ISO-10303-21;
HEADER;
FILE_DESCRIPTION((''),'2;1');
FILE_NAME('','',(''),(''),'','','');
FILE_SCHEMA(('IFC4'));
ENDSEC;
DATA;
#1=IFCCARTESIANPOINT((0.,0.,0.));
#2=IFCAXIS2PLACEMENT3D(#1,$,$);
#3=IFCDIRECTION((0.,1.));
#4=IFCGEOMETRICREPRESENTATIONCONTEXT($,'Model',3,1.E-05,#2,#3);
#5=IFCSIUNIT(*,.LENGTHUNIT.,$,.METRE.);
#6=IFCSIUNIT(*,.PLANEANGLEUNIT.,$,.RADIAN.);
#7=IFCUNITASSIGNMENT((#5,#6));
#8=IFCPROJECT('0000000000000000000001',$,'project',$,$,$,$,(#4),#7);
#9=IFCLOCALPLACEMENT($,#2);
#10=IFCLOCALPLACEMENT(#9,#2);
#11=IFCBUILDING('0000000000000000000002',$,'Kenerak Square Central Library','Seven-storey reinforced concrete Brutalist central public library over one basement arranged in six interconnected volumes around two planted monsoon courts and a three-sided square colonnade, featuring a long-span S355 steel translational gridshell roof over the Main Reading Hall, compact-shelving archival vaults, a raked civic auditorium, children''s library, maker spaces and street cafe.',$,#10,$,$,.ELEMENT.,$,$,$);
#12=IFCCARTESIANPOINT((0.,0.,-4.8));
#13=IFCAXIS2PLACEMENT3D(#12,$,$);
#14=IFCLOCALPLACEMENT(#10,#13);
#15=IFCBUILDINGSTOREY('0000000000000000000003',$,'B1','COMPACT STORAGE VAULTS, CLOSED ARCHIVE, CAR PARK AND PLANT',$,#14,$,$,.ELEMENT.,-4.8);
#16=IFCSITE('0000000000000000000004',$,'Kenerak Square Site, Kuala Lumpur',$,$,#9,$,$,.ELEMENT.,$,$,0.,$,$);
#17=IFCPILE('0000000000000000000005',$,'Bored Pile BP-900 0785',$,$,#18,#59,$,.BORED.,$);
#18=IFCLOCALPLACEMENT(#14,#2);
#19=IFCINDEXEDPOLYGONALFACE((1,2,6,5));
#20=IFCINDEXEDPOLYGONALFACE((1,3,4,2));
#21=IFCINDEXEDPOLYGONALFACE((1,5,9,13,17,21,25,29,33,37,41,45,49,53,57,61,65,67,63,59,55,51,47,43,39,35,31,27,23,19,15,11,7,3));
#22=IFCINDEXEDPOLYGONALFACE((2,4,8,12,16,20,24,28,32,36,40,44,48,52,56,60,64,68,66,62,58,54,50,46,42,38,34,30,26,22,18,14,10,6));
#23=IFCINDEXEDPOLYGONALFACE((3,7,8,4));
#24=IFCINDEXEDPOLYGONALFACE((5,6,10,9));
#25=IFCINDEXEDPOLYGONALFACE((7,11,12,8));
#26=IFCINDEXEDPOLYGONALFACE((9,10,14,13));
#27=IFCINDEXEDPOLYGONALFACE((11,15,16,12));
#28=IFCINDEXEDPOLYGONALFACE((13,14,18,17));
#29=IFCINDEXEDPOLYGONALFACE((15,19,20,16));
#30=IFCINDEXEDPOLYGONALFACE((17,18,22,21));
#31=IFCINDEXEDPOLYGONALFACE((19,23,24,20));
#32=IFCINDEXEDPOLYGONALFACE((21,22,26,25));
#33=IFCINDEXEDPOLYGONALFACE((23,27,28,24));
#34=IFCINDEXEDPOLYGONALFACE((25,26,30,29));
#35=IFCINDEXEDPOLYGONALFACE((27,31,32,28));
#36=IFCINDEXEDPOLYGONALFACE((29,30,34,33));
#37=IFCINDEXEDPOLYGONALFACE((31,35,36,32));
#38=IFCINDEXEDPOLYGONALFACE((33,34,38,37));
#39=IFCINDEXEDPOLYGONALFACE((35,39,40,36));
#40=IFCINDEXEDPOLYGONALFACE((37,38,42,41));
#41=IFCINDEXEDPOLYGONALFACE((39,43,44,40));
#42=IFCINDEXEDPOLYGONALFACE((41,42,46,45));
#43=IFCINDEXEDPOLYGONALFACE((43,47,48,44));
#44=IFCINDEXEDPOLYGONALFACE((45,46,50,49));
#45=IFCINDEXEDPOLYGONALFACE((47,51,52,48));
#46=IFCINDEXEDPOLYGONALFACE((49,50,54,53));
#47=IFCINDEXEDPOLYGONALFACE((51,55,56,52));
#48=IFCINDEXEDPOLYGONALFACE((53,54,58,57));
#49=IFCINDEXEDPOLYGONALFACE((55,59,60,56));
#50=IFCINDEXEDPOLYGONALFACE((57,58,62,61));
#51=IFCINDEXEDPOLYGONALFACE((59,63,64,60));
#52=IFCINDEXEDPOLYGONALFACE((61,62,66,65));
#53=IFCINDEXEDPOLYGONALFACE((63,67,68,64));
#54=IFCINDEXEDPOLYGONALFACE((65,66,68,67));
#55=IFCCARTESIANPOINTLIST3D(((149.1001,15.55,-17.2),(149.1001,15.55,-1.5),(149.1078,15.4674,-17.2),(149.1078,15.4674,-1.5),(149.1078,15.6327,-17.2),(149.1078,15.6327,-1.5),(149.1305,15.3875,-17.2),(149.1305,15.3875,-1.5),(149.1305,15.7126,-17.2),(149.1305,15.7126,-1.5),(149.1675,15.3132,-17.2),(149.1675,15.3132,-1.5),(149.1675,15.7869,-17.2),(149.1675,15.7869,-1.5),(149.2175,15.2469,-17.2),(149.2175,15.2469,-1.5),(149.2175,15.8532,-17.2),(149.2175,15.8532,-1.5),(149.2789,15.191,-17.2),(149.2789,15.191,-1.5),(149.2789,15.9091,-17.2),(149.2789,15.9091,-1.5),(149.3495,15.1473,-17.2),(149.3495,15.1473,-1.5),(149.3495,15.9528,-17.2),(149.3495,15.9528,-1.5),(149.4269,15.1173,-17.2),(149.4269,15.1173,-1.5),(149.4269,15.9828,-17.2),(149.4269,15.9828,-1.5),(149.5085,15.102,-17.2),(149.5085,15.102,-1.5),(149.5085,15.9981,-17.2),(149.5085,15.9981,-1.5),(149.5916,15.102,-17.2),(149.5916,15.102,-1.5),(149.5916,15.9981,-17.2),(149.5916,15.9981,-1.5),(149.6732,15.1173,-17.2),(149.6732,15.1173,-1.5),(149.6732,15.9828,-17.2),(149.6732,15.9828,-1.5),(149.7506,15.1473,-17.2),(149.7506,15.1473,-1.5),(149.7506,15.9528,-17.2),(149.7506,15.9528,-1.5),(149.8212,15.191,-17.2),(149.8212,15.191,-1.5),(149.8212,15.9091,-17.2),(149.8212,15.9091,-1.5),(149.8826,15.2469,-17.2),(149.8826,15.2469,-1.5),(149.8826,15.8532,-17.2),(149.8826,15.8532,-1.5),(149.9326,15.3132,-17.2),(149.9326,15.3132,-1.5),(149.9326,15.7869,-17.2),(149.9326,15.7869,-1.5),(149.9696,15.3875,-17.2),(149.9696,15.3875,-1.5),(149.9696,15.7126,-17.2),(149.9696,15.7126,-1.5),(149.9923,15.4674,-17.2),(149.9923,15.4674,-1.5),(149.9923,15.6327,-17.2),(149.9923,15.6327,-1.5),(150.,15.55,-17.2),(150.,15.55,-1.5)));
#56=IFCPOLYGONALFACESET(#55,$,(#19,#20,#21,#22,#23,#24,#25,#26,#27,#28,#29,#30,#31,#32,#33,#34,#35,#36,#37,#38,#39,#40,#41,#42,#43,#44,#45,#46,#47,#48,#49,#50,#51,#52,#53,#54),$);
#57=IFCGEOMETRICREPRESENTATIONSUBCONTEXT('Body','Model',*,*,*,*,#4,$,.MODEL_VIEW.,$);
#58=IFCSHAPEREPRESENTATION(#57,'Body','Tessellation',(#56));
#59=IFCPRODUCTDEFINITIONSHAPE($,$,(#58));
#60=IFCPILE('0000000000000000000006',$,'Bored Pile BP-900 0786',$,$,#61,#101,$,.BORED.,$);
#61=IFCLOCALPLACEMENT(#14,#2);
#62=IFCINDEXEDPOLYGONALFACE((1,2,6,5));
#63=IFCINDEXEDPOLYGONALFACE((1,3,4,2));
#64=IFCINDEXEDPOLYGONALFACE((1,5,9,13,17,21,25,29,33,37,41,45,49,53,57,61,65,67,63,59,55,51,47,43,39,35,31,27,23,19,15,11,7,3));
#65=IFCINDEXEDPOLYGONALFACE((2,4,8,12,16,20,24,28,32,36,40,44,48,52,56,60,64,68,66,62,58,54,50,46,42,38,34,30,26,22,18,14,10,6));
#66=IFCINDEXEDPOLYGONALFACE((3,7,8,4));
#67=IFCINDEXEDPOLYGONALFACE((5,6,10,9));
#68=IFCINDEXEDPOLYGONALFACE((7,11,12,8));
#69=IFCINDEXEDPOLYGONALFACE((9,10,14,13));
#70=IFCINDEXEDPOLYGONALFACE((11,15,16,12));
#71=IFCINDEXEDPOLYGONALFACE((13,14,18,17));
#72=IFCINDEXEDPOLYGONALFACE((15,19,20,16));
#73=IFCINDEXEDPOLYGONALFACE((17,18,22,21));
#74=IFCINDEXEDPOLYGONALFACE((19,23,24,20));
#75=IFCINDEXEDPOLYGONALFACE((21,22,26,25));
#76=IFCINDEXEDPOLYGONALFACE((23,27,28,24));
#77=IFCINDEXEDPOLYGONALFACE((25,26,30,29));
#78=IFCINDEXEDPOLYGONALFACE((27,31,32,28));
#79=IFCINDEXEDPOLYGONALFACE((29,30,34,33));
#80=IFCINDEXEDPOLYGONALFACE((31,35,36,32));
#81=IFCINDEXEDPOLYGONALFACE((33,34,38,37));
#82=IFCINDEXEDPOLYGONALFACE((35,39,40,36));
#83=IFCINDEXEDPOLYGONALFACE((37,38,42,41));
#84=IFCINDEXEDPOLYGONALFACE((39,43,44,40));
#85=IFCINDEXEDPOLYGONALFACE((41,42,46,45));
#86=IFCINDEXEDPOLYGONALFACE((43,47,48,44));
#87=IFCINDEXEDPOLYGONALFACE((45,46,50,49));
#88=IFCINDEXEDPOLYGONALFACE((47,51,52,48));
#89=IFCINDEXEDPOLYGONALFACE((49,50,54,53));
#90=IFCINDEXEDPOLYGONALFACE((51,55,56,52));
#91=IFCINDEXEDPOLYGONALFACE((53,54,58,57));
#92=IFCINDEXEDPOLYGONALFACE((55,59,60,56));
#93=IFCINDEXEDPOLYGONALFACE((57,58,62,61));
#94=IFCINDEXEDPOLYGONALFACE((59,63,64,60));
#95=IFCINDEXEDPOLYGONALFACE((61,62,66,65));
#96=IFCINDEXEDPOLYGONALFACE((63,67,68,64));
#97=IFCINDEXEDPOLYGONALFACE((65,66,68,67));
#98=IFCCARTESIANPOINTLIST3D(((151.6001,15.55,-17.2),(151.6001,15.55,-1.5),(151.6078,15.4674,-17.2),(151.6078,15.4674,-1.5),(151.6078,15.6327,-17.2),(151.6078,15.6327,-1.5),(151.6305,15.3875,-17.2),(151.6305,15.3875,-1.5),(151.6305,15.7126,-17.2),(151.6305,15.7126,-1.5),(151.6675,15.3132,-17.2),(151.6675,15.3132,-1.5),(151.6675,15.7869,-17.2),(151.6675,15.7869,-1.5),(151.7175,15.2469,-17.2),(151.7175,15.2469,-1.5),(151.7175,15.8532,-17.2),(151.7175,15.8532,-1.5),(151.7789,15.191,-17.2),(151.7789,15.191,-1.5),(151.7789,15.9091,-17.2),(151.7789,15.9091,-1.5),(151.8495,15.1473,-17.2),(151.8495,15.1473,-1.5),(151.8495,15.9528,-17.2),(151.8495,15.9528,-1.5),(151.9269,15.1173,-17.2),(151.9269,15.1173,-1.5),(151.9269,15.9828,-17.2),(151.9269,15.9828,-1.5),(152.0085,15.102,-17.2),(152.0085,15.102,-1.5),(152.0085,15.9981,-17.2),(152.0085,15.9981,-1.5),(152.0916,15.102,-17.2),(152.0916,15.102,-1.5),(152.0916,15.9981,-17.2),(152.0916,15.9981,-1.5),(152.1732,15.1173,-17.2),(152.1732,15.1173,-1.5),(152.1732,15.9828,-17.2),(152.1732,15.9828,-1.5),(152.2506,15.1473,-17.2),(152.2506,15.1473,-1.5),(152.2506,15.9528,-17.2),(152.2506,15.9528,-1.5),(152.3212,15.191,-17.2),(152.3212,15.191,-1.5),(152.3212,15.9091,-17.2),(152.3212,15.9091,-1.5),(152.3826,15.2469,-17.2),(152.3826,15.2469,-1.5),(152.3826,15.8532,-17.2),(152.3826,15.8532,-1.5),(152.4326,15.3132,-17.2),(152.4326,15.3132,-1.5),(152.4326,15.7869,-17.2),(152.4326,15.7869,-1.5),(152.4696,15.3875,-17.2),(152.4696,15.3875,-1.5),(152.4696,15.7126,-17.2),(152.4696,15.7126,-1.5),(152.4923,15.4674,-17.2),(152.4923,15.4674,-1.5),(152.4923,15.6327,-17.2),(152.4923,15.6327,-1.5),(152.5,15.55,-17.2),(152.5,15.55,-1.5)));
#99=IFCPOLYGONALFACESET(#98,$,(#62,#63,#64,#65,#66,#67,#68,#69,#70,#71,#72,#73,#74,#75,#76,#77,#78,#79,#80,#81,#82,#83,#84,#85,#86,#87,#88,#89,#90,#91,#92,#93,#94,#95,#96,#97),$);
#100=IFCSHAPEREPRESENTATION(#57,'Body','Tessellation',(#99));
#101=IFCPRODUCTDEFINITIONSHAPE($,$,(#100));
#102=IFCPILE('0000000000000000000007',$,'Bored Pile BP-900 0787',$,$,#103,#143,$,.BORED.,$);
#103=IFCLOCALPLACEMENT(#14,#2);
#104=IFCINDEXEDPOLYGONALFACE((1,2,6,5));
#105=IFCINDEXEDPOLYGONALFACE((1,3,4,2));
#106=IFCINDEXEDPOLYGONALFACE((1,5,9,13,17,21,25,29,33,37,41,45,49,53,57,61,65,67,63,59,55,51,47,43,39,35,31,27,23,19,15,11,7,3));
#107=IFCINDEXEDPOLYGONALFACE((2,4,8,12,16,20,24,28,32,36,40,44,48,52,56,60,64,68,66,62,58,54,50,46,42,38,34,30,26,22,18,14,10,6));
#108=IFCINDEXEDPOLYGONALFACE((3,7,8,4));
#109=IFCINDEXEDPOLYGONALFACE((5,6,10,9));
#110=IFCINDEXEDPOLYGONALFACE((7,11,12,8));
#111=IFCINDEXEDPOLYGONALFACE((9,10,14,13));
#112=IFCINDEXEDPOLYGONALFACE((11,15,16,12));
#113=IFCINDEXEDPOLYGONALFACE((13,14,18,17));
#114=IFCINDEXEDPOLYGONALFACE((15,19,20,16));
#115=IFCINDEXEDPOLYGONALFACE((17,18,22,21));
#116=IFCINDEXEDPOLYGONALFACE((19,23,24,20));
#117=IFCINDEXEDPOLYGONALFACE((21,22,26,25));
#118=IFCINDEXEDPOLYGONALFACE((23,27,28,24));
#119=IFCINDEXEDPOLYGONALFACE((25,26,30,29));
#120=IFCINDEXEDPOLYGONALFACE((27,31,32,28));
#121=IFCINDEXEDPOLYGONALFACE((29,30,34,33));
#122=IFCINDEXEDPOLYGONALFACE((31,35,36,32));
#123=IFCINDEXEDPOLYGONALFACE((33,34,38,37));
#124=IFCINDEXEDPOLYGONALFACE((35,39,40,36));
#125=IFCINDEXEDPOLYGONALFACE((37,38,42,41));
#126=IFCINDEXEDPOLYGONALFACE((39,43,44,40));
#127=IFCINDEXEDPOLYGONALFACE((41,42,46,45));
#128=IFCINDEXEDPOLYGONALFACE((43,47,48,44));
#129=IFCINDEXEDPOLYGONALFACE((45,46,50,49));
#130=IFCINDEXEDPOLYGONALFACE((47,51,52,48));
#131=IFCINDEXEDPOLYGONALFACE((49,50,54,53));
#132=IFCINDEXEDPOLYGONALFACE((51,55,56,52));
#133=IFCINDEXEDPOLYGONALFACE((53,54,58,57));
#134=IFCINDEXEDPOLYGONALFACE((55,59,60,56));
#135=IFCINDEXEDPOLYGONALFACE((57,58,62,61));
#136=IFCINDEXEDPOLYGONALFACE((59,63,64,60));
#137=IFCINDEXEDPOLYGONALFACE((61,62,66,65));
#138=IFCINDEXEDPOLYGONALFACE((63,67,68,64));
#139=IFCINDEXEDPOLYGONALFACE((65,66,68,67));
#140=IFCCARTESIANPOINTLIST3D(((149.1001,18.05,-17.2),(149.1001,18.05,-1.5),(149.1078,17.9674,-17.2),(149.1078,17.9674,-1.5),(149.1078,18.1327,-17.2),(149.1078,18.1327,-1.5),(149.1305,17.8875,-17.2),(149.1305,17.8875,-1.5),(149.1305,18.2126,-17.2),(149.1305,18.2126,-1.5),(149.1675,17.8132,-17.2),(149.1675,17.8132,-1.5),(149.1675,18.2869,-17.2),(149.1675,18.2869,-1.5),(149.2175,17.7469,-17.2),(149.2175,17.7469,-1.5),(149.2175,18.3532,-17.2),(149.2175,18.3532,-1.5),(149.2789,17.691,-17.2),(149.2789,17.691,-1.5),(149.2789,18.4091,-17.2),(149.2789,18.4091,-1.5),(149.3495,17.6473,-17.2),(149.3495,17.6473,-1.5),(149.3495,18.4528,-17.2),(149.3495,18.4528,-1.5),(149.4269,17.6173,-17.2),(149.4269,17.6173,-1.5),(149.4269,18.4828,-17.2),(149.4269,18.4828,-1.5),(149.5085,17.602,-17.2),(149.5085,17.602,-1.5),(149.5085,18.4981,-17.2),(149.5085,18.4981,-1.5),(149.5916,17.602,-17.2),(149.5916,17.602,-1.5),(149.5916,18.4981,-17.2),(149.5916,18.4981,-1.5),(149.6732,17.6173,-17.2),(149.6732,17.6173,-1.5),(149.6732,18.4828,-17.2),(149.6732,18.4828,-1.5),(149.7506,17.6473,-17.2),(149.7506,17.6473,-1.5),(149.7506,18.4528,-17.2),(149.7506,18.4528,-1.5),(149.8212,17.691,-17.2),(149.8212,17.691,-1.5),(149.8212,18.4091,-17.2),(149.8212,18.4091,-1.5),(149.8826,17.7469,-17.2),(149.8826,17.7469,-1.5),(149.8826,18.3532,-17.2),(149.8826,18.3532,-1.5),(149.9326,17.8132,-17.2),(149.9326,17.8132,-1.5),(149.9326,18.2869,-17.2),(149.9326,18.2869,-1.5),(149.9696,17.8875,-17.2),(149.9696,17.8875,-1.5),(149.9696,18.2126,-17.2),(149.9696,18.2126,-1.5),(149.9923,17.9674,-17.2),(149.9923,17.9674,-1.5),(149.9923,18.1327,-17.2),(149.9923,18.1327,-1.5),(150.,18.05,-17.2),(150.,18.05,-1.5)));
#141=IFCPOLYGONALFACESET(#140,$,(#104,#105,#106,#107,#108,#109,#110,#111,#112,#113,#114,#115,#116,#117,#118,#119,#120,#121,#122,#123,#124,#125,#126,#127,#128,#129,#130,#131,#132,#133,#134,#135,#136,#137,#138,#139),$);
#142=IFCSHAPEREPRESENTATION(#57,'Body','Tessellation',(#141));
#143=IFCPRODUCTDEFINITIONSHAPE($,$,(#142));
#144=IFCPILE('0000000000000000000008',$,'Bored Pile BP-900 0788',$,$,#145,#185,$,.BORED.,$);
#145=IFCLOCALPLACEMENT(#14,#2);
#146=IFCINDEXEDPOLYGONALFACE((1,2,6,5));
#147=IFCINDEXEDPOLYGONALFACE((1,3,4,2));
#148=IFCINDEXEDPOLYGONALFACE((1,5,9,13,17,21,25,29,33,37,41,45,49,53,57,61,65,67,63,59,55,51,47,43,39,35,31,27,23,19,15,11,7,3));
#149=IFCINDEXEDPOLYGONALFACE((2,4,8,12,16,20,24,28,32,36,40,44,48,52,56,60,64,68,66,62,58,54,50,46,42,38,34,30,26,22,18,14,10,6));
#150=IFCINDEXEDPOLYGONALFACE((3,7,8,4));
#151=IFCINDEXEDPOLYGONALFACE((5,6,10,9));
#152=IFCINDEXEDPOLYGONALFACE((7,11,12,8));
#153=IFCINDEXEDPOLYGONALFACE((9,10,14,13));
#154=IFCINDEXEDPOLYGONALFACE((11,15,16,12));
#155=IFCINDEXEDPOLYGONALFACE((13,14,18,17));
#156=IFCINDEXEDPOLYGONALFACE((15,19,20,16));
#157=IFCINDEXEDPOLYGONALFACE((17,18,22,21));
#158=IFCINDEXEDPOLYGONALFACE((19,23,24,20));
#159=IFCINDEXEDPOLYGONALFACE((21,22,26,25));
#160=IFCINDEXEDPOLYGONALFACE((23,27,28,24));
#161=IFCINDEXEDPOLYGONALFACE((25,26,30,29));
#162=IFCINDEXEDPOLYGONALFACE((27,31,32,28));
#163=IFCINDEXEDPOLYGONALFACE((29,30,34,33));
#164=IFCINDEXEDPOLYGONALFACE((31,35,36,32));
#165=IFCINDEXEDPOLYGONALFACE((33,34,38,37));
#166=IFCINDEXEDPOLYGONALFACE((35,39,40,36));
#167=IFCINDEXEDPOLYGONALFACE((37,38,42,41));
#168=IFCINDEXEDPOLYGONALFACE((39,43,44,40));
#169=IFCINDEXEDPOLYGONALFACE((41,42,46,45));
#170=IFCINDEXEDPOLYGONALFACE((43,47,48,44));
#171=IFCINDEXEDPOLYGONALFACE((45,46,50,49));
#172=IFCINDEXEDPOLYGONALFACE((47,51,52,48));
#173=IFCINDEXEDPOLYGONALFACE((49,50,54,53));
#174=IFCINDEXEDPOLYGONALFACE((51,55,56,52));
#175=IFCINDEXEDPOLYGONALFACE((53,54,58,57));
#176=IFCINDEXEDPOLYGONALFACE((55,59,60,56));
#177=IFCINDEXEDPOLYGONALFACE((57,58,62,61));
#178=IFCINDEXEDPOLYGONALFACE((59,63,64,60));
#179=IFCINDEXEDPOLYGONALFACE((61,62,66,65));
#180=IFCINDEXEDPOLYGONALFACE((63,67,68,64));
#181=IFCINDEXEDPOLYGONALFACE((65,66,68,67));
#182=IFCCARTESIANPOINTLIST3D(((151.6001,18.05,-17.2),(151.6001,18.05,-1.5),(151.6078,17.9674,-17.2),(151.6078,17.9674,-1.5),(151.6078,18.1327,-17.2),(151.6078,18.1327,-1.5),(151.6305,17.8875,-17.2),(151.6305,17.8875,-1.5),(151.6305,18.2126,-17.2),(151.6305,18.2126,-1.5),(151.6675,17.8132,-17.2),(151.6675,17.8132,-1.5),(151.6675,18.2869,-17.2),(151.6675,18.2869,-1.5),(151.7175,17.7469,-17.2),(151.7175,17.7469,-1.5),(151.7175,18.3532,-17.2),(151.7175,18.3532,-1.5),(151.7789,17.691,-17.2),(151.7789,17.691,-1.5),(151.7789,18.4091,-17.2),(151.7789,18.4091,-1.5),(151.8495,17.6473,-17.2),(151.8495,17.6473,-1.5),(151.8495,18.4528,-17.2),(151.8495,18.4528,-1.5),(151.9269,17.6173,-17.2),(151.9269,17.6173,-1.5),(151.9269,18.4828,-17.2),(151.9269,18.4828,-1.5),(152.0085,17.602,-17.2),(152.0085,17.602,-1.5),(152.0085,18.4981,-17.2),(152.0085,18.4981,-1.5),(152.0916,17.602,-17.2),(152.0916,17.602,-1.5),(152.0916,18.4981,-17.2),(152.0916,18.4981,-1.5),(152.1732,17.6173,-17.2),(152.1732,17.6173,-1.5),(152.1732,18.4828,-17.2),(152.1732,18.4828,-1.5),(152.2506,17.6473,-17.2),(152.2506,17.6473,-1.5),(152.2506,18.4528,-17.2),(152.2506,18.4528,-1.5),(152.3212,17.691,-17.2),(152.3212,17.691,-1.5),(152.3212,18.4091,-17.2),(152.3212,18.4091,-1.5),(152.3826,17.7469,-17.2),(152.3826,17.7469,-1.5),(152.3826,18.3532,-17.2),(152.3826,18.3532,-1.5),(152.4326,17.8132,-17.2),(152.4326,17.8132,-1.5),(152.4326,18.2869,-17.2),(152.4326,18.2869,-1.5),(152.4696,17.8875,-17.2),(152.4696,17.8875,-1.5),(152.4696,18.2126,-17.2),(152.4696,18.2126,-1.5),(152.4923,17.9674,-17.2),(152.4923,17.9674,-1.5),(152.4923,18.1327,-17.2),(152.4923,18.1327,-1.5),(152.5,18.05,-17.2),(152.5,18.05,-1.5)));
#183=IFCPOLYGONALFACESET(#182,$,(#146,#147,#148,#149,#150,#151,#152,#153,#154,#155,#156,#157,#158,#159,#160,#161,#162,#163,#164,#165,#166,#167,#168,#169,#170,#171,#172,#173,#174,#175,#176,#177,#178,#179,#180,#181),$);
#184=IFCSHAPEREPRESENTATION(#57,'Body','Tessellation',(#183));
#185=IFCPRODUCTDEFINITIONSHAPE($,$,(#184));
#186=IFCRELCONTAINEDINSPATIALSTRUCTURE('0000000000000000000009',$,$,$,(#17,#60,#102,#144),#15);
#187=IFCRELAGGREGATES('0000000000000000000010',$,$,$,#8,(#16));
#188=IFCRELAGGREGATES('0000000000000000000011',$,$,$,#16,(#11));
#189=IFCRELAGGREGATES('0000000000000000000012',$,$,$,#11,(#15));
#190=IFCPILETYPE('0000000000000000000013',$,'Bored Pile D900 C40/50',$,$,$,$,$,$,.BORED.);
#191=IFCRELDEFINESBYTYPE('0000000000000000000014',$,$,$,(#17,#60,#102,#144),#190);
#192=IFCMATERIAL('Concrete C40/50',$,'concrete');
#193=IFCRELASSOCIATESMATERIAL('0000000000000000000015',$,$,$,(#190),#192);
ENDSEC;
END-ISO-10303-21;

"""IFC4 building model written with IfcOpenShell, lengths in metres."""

from ifc_helpers import new_model, si_unit, direction, frame, origin, origin_2d, place, context, subcontext, project, spatial, circle, extrude, material, material_profile, profile_set, type_object, element, save


model = new_model("IFC4")

# Units and contexts
model_context = context("Model", 3, precision=1e-05, world=origin(), true_north=direction((0.0, 1.0)))
body_context = subcontext(model_context, "Body", "Model", "MODEL_VIEW")
ifc_project = project(units=[si_unit("LENGTHUNIT", "METRE"), si_unit("PLANEANGLEUNIT", "RADIAN")], contexts=[model_context])

# Site, building, storey
site_placement = place(None, origin())
site = spatial("IfcSite", under=ifc_project, at=site_placement, Name="Kenerak Square Site, Kuala Lumpur", CompositionType="ELEMENT", RefElevation=0.0)
building_placement = place(site_placement, origin())
building = spatial("IfcBuilding", under=site, at=building_placement, Name="Kenerak Square Central Library", Description="Seven-storey reinforced concrete Brutalist central public library over one basement arranged in six interconnected volumes around two planted monsoon courts and a three-sided square colonnade, featuring a long-span S355 steel translational gridshell roof over the Main Reading Hall, compact-shelving archival vaults, a raked civic auditorium, children's library, maker spaces and street cafe.", CompositionType="ELEMENT")
storey_placement = place(building_placement, frame((0.0, 0.0, -4.8)))
storey = spatial("IfcBuildingStorey", under=building, at=storey_placement, Name="B1", Description="COMPACT STORAGE VAULTS, CLOSED ARCHIVE, CAR PARK AND PLANT", CompositionType="ELEMENT", Elevation=-4.8)

# Piles
ifc_material_1 = material(Name="Concrete C40/50", Category="concrete")
ifc_material_profile_1 = material_profile(ifc_material_1, circle(Radius=0.45, at=origin_2d()), Name="BP D900")
ifc_profile_set_1 = profile_set([ifc_material_profile_1], Name="Concrete C40/50")
pile_type = type_object("IfcPileType", Name="Bored Pile D900 C40/50", PredefinedType="BORED", material=ifc_profile_set_1)
for number, where, z_axis, x_axis, name in (
    (1, (149.55, 15.55, -1.5), (0.0, 0.0, -1.0), (1.0, 0.0, 0.0), "Bored Pile BP-900 0785"),
    (2, (152.05, 15.55, -1.5), (0.0, 0.0, -1.0), (1.0, 0.0, 0.0), "Bored Pile BP-900 0786"),
    (3, (149.55, 18.05, -1.5), (0.0, 0.0, -1.0), (1.0, 0.0, 0.0), "Bored Pile BP-900 0787"),
    (4, (152.05, 18.05, -1.5), (0.0, 0.0, -1.0), (1.0, 0.0, 0.0), "Bored Pile BP-900 0788"),
):
    element("IfcPile", number, at=place(storey_placement, frame(where, z_axis=z_axis, x_axis=x_axis)), inside=storey, type_object=pile_type, Name=name, PredefinedType="BORED", context=body_context, shape_type="SweptSolid", body=[
        extrude(circle(Radius=0.45, at=origin_2d()), origin(), (0.0, 0.0, 1.0), 15.7),
    ])

save(model, "model.ifc")
